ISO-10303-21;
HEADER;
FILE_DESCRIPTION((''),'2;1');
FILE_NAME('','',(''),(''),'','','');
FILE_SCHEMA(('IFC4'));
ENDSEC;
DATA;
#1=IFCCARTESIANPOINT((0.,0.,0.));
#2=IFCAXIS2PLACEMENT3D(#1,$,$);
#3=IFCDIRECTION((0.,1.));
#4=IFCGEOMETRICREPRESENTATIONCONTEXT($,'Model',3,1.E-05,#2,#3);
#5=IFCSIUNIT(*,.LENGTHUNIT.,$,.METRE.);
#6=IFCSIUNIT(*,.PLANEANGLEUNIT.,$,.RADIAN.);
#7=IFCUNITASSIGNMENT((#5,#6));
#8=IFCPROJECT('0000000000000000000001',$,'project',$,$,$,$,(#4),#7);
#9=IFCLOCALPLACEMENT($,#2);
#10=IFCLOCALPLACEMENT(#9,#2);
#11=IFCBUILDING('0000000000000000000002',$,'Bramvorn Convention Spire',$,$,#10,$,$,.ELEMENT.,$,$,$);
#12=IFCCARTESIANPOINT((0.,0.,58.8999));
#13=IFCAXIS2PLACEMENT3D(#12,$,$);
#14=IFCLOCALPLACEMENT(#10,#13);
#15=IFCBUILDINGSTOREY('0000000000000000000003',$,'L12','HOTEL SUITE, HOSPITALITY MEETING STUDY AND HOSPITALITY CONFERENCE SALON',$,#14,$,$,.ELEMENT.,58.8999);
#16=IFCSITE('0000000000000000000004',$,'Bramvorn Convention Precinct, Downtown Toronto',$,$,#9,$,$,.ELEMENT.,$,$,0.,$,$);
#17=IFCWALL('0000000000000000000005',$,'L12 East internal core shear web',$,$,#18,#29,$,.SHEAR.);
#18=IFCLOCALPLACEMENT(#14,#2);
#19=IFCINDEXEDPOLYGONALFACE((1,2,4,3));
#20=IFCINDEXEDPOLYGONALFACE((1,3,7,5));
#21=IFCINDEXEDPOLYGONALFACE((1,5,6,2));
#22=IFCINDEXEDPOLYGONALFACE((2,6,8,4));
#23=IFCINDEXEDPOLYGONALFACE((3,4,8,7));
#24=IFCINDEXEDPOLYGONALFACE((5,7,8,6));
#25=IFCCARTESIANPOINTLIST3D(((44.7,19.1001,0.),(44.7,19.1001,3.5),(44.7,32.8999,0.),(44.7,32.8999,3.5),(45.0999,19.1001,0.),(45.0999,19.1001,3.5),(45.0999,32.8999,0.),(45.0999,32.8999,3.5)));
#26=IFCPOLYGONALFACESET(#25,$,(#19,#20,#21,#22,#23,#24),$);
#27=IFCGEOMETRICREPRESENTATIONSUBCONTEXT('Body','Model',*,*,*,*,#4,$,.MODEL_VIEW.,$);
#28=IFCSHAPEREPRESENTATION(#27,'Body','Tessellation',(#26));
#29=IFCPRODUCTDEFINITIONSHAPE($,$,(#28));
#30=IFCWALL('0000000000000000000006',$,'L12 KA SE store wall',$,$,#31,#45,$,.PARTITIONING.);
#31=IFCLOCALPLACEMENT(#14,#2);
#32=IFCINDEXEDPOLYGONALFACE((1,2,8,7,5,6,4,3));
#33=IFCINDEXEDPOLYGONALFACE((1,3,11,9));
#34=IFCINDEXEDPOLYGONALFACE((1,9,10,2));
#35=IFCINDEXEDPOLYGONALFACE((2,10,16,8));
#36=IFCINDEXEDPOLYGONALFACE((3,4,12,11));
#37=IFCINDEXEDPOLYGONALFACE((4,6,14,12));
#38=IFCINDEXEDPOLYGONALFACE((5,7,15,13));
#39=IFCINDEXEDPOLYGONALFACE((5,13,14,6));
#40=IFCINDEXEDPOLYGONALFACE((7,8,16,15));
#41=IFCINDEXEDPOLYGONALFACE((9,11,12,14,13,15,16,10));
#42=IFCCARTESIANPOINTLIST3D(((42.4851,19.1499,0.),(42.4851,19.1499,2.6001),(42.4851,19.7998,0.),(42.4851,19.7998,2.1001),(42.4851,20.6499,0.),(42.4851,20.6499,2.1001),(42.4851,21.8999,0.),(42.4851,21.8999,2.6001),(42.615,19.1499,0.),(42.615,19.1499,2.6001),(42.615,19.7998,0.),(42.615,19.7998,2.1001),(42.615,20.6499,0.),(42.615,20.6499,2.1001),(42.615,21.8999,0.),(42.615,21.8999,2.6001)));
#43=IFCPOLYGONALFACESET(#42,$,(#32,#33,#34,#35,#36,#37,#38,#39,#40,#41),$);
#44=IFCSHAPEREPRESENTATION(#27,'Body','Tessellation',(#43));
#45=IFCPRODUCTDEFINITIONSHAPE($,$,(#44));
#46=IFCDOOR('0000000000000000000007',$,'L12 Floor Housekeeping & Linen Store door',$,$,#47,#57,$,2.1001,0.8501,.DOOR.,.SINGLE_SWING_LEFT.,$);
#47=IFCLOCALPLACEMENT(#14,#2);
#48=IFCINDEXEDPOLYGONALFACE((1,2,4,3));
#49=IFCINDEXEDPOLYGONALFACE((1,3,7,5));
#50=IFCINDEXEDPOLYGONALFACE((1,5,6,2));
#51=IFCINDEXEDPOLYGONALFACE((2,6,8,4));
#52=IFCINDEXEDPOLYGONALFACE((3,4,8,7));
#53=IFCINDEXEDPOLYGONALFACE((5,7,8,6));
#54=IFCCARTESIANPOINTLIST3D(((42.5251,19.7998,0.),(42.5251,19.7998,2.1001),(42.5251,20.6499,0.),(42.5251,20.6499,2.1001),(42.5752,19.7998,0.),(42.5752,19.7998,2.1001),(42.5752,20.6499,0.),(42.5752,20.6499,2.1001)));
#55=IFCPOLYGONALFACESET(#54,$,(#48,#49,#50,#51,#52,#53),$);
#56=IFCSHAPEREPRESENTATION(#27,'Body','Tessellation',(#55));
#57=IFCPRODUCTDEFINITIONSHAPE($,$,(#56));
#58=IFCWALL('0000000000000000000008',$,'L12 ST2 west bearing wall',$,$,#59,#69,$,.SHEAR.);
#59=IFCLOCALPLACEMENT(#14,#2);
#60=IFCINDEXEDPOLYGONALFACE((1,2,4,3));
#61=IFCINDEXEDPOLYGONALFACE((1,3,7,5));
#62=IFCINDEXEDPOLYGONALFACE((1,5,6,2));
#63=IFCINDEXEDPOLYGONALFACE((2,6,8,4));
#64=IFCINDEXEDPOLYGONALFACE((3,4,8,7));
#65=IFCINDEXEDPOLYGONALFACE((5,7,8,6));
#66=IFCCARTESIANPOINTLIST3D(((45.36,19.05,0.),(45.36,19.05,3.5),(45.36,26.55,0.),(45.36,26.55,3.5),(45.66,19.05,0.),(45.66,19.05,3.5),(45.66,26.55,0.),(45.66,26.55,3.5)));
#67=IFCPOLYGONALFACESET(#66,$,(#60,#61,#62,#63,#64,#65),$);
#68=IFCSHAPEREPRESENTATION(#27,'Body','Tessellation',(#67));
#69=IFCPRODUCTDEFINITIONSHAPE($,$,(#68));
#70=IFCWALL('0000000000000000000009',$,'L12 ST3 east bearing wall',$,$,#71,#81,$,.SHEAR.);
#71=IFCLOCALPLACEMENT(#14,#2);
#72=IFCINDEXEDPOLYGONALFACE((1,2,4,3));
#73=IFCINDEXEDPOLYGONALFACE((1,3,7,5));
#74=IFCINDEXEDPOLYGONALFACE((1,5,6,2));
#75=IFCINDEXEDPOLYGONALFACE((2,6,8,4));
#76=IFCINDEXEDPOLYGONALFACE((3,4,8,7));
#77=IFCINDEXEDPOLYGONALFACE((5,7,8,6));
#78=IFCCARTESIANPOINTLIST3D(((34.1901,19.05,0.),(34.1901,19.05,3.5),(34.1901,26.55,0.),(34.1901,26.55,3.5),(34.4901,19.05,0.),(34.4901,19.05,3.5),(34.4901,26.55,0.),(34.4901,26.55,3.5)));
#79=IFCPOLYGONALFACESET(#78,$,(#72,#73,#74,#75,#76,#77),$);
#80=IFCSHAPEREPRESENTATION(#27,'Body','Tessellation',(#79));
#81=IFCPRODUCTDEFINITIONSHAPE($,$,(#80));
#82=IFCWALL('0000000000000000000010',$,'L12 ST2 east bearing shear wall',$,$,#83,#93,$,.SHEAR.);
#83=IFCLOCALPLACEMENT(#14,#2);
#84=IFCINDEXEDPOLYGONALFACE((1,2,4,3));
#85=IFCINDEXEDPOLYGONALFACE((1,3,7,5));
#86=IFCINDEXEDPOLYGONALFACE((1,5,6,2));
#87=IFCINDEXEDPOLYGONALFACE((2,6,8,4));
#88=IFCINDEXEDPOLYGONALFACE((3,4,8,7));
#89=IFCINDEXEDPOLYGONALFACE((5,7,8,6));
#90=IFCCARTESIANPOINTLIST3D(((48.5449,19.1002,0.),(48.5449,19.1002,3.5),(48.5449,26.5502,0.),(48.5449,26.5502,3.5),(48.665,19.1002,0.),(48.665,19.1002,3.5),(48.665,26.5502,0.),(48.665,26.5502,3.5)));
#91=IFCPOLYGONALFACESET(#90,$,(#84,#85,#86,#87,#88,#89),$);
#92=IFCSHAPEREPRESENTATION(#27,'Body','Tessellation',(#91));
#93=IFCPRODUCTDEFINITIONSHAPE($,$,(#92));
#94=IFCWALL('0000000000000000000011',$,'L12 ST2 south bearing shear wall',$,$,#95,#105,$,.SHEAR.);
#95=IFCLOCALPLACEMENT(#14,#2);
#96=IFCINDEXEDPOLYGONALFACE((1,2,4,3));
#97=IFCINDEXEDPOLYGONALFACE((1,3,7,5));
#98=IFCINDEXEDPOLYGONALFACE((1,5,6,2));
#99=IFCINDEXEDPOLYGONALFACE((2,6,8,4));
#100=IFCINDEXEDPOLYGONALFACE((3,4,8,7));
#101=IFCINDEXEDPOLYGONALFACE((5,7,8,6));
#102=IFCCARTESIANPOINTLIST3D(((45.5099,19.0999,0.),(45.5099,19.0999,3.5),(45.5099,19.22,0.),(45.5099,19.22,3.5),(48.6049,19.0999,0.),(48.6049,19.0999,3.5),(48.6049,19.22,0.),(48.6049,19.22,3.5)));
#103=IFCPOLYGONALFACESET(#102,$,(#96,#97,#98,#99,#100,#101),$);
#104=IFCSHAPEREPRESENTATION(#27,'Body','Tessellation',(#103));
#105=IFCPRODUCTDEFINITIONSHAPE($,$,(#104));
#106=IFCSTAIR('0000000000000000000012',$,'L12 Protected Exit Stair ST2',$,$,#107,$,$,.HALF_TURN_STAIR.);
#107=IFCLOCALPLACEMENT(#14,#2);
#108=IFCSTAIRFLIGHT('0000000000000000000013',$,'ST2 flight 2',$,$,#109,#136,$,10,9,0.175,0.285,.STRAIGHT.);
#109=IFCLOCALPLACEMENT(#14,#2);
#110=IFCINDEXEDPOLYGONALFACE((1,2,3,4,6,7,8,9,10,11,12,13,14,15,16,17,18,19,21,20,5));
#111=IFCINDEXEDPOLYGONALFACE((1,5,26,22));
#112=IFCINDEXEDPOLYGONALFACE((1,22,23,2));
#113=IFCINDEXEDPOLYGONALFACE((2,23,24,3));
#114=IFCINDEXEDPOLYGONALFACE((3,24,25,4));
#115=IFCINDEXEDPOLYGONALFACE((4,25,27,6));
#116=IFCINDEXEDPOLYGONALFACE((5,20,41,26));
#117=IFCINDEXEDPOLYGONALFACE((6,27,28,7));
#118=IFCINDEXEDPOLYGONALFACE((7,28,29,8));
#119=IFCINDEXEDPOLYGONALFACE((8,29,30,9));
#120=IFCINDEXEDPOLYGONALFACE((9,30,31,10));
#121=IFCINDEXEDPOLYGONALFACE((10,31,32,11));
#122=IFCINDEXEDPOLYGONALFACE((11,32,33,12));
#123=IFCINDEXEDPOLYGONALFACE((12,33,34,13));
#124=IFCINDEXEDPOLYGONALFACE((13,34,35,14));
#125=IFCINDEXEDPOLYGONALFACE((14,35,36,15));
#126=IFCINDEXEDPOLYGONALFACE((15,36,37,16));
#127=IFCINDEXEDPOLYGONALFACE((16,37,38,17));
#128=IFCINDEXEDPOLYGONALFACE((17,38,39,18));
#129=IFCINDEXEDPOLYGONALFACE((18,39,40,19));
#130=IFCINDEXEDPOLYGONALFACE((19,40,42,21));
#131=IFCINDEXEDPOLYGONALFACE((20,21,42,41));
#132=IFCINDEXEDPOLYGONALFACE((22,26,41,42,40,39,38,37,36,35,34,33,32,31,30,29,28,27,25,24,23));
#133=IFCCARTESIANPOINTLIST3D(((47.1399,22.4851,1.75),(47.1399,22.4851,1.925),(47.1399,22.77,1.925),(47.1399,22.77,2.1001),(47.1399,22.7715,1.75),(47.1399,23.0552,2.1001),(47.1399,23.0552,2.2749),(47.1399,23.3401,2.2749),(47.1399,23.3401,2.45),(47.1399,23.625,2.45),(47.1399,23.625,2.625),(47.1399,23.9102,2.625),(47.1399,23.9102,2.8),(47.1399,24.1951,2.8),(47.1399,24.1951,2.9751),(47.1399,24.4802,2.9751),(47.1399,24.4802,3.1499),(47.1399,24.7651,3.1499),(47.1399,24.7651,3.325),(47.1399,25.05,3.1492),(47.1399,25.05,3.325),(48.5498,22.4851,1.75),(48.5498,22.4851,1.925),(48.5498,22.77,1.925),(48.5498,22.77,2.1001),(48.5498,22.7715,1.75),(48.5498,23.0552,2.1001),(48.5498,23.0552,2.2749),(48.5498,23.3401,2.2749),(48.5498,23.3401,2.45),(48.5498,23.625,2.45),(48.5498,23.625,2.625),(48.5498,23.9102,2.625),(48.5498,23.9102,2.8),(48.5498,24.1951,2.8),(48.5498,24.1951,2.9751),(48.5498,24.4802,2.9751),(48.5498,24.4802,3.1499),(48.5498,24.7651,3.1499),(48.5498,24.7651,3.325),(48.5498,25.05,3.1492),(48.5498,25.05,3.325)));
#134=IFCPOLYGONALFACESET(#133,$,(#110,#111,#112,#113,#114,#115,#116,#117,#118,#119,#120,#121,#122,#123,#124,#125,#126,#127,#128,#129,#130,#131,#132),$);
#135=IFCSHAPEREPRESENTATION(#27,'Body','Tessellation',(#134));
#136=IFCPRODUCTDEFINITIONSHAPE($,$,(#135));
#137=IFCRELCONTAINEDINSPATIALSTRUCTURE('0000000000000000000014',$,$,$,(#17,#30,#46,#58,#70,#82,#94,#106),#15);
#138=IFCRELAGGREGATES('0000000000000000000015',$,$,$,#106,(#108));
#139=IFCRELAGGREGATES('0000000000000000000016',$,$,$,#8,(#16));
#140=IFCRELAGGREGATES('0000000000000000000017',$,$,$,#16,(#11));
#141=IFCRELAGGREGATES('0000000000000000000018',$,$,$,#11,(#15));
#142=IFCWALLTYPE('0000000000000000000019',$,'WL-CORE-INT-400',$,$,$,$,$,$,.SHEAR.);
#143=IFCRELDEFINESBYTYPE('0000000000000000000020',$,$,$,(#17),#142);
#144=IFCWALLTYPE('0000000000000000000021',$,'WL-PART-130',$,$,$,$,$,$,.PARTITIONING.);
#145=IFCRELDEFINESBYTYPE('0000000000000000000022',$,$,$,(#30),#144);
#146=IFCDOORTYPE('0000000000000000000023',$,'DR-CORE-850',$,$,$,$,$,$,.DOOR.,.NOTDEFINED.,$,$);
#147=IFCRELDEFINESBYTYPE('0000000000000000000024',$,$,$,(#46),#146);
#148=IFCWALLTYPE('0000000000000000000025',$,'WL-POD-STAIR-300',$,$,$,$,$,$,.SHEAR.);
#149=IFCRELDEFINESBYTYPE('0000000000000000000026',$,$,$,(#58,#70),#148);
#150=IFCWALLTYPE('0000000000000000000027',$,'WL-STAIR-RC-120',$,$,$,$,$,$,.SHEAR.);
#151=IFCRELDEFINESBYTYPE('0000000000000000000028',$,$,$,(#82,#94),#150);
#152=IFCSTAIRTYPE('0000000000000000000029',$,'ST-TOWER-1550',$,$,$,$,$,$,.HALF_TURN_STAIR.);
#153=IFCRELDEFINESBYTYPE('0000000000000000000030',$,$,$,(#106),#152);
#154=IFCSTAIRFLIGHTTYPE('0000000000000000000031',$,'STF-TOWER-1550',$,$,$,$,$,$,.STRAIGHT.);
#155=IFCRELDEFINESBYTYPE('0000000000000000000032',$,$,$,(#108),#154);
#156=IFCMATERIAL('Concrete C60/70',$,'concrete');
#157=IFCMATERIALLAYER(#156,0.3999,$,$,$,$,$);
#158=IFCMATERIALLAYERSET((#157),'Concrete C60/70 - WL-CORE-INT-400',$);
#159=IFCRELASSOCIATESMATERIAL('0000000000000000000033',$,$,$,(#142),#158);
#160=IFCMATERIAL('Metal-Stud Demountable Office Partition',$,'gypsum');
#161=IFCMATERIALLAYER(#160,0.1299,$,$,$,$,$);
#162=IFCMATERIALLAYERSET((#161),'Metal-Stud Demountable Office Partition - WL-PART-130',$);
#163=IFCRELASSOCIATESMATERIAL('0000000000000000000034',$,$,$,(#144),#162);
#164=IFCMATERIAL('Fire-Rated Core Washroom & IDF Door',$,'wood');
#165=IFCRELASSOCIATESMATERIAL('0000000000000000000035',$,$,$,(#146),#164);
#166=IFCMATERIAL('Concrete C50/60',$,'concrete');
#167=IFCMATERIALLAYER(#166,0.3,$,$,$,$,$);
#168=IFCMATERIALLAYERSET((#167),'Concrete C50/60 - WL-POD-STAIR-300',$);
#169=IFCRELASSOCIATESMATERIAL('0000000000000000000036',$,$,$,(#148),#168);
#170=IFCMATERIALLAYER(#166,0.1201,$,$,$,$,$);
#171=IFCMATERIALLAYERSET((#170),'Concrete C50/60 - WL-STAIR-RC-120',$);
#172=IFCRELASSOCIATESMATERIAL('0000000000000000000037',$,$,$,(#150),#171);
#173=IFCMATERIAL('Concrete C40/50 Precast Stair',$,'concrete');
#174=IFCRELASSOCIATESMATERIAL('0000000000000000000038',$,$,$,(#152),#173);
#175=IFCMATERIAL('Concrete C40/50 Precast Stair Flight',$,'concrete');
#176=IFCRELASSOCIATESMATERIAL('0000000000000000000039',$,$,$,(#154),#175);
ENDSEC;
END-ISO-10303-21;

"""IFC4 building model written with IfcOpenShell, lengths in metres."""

from ifc_helpers import new_model, si_unit, direction, frame, frame_2d, origin, place, context, subcontext, project, spatial, polyline, rectangle, outline, extrude, material, layer, layer_set, type_object, element, fill, aggregate, save


model = new_model("IFC4")

# Units and contexts
model_context = context("Model", 3, precision=1e-05, world=origin(), true_north=direction((0.0, 1.0)))
body_context = subcontext(model_context, "Body", "Model", "MODEL_VIEW")
ifc_project = project(units=[si_unit("LENGTHUNIT", "METRE"), si_unit("PLANEANGLEUNIT", "RADIAN")], contexts=[model_context])

# Site, building, storey
site_placement = place(None, origin())
site = spatial("IfcSite", under=ifc_project, at=site_placement, Name="Bramvorn Convention Precinct, Downtown Toronto", CompositionType="ELEMENT", RefElevation=0.0)
building_placement = place(site_placement, origin())
building = spatial("IfcBuilding", under=site, at=building_placement, Name="Bramvorn Convention Spire", CompositionType="ELEMENT")
storey_placement = place(building_placement, frame((0.0, 0.0, 58.8999)))
storey = spatial("IfcBuildingStorey", under=building, at=storey_placement, Name="L12", Description="HOTEL SUITE, HOSPITALITY MEETING STUDY AND HOSPITALITY CONFERENCE SALON", CompositionType="ELEMENT", Elevation=58.8999)

# Wall
ifc_material_1 = material(Name="Concrete C50/60", Category="concrete")
ifc_material_2 = material(Name="Concrete C60/70", Category="concrete")
ifc_layer_1 = layer(ifc_material_2, 0.3999)
ifc_layer_set_1 = layer_set([ifc_layer_1], Name="Concrete C60/70 - WL-CORE-INT-400")
wall_type_1 = type_object("IfcWallType", Name="WL-CORE-INT-400", PredefinedType="SHEAR", material=ifc_layer_set_1)
wall_1_placement = place(storey_placement, frame((44.8999, 19.1001, 0.0), z_axis=(0.0, 0.0, 1.0), x_axis=(0.0, 1.0, 0.0)))
element("IfcWall", 1, at=wall_1_placement, inside=storey, type_object=wall_type_1, Name="L12 East internal core shear web", PredefinedType="SHEAR", context=body_context, shape_type="SweptSolid", body=[
    extrude(rectangle(XDim=13.7998, YDim=0.3999, at=frame_2d((6.8999, 0.0))), origin(), (0.0, 0.0, 1.0), 3.5),
])

# Wall, opening, door
ifc_material_3 = material(Name="Metal-Stud Demountable Office Partition", Category="gypsum")
ifc_layer_2 = layer(ifc_material_3, 0.1299)
ifc_layer_set_2 = layer_set([ifc_layer_2], Name="Metal-Stud Demountable Office Partition - WL-PART-130")
wall_type_2 = type_object("IfcWallType", Name="WL-PART-130", PredefinedType="PARTITIONING", material=ifc_layer_set_2)
wall_2_placement = place(storey_placement, frame((42.55, 19.1499, 0.0), z_axis=(0.0, 0.0, 1.0), x_axis=(0.0, 1.0, 0.0)))
wall_2 = element("IfcWall", 2, at=wall_2_placement, inside=storey, type_object=wall_type_2, Name="L12 KA SE store wall", PredefinedType="PARTITIONING", context=body_context, shape_type="SweptSolid", body=[
    extrude(rectangle(XDim=2.75, YDim=0.1299, at=frame_2d((1.375, 0.0))), origin(), (0.0, 0.0, 1.0), 2.6001),
])
opening_placement = place(wall_2_placement, frame((0.6499, 0.0, 0.0)))
opening = element("IfcOpeningElement", 3, at=opening_placement, cuts=wall_2, PredefinedType="OPENING", context=body_context, shape_type="SweptSolid", body=[
    extrude(rectangle(XDim=0.8501, YDim=2.1001, at=frame_2d((0.425, 1.05))), frame((0.0, 0.075, 0.0), z_axis=(0.0, -1.0, 0.0), x_axis=(1.0, 0.0, 0.0)), (0.0, 0.0, 1.0), 0.1499),
])
ifc_material_4 = material(Name="Fire-Rated Core Washroom & IDF Door", Category="wood")
door_type = type_object("IfcDoorType", Name="DR-CORE-850", OperationType="NOTDEFINED", PredefinedType="DOOR", material=ifc_material_4)
door_placement = place(opening_placement, origin())
door = element("IfcDoor", 4, at=door_placement, inside=storey, type_object=door_type, Name="L12 Floor Housekeeping & Linen Store door", OperationType="SINGLE_SWING_LEFT", OverallHeight=2.1001, OverallWidth=0.8501, PredefinedType="DOOR", context=body_context, shape_type="SweptSolid", body=[
    extrude(rectangle(XDim=0.8501, YDim=2.1001, at=frame_2d((0.425, 1.05))), frame((0.0, 0.0249, 0.0), z_axis=(0.0, -1.0, 0.0), x_axis=(1.0, 0.0, 0.0)), (0.0, 0.0, 1.0), 0.05),
])
fill(opening, door)

# Walls
ifc_layer_3 = layer(ifc_material_1, 0.3)
ifc_layer_set_3 = layer_set([ifc_layer_3], Name="Concrete C50/60 - WL-POD-STAIR-300")
wall_type_3 = type_object("IfcWallType", Name="WL-POD-STAIR-300", PredefinedType="SHEAR", material=ifc_layer_set_3)
for number, where, z_axis, x_axis, name in (
    (5, (45.51, 19.05, 0.0), (0.0, 0.0, 1.0), (0.0, 1.0, 0.0), "L12 ST2 west bearing wall"),
    (6, (34.3401, 19.05, 0.0), (0.0, 0.0, 1.0), (0.0, 1.0, 0.0), "L12 ST3 east bearing wall"),
):
    element("IfcWall", number, at=place(storey_placement, frame(where, z_axis=z_axis, x_axis=x_axis)), inside=storey, type_object=wall_type_3, Name=name, PredefinedType="SHEAR", context=body_context, shape_type="SweptSolid", body=[
        extrude(rectangle(XDim=7.5, YDim=0.3, at=frame_2d((3.75, 0.0))), origin(), (0.0, 0.0, 1.0), 3.5),
    ])
ifc_layer_4 = layer(ifc_material_1, 0.1201)
ifc_layer_set_4 = layer_set([ifc_layer_4], Name="Concrete C50/60 - WL-STAIR-RC-120")
wall_type_4 = type_object("IfcWallType", Name="WL-STAIR-RC-120", PredefinedType="SHEAR", material=ifc_layer_set_4)
wall_3_placement = place(storey_placement, frame((48.605, 19.1001, 0.0), z_axis=(0.0, 0.0, 1.0), x_axis=(0.0, 1.0, 0.0)))
element("IfcWall", 7, at=wall_3_placement, inside=storey, type_object=wall_type_4, Name="L12 ST2 east bearing shear wall", PredefinedType="SHEAR", context=body_context, shape_type="SweptSolid", body=[
    extrude(rectangle(XDim=7.45, YDim=0.1201, at=frame_2d((3.7251, 0.0))), origin(), (0.0, 0.0, 1.0), 3.5),
])
wall_4_placement = place(storey_placement, frame((45.51, 19.1599, 0.0), z_axis=(0.0, 0.0, 1.0), x_axis=(1.0, 0.0, 0.0)))
element("IfcWall", 8, at=wall_4_placement, inside=storey, type_object=wall_type_4, Name="L12 ST2 south bearing shear wall", PredefinedType="SHEAR", context=body_context, shape_type="SweptSolid", body=[
    extrude(rectangle(XDim=3.095, YDim=0.1201, at=frame_2d((1.5474, 0.0))), origin(), (0.0, 0.0, 1.0), 3.5),
])

# Stair, stair flight
ifc_material_5 = material(Name="Concrete C40/50 Precast Stair", Category="concrete")
stair_type = type_object("IfcStairType", Name="ST-TOWER-1550", PredefinedType="HALF_TURN_STAIR", material=ifc_material_5)
stair_placement = place(storey_placement, origin())
stair = element("IfcStair", 9, at=stair_placement, inside=storey, type_object=stair_type, Name="L12 Protected Exit Stair ST2", PredefinedType="HALF_TURN_STAIR")
ifc_material_6 = material(Name="Concrete C40/50 Precast Stair Flight", Category="concrete")
stair_flight_type = type_object("IfcStairFlightType", Name="STF-TOWER-1550", PredefinedType="STRAIGHT", material=ifc_material_6)
stair_flight_placement = place(storey_placement, frame((47.845, 22.4851, 1.75), z_axis=(0.0, 0.0, 1.0), x_axis=(0.0, 1.0, 0.0)))
stair_flight = element("IfcStairFlight", 10, at=stair_flight_placement, type_object=stair_flight_type, Name="ST2 flight 2", NumberOfRisers=10, NumberOfTreads=9, PredefinedType="STRAIGHT", RiserHeight=0.175, TreadLength=0.285, context=body_context, shape_type="SweptSolid", body=[
    extrude(outline(polyline([(0.0, 0.0), (0.0, 0.175), (0.2849, 0.175), (0.2849, 0.3501), (0.5701, 0.3501), (0.5701, 0.5249), (0.855, 0.5249), (0.855, 0.7), (1.1399, 0.7), (1.1399, 0.875), (1.425, 0.875), (1.425, 1.05), (1.71, 1.05), (1.71, 1.2251), (1.9951, 1.2251), (1.9951, 1.3999), (2.28, 1.3999), (2.28, 1.575), (2.5649, 1.575), (2.5649, 1.75), (2.5649, 1.3992), (0.2864, 0.0), (0.0, 0.0)])), frame((0.0, 0.7051, 0.0), z_axis=(0.0, -1.0, 0.0), x_axis=(1.0, 0.0, 0.0)), (0.0, 0.0, 1.0), 1.4099),
])
aggregate(stair, [stair_flight])

save(model, "model.ifc")
